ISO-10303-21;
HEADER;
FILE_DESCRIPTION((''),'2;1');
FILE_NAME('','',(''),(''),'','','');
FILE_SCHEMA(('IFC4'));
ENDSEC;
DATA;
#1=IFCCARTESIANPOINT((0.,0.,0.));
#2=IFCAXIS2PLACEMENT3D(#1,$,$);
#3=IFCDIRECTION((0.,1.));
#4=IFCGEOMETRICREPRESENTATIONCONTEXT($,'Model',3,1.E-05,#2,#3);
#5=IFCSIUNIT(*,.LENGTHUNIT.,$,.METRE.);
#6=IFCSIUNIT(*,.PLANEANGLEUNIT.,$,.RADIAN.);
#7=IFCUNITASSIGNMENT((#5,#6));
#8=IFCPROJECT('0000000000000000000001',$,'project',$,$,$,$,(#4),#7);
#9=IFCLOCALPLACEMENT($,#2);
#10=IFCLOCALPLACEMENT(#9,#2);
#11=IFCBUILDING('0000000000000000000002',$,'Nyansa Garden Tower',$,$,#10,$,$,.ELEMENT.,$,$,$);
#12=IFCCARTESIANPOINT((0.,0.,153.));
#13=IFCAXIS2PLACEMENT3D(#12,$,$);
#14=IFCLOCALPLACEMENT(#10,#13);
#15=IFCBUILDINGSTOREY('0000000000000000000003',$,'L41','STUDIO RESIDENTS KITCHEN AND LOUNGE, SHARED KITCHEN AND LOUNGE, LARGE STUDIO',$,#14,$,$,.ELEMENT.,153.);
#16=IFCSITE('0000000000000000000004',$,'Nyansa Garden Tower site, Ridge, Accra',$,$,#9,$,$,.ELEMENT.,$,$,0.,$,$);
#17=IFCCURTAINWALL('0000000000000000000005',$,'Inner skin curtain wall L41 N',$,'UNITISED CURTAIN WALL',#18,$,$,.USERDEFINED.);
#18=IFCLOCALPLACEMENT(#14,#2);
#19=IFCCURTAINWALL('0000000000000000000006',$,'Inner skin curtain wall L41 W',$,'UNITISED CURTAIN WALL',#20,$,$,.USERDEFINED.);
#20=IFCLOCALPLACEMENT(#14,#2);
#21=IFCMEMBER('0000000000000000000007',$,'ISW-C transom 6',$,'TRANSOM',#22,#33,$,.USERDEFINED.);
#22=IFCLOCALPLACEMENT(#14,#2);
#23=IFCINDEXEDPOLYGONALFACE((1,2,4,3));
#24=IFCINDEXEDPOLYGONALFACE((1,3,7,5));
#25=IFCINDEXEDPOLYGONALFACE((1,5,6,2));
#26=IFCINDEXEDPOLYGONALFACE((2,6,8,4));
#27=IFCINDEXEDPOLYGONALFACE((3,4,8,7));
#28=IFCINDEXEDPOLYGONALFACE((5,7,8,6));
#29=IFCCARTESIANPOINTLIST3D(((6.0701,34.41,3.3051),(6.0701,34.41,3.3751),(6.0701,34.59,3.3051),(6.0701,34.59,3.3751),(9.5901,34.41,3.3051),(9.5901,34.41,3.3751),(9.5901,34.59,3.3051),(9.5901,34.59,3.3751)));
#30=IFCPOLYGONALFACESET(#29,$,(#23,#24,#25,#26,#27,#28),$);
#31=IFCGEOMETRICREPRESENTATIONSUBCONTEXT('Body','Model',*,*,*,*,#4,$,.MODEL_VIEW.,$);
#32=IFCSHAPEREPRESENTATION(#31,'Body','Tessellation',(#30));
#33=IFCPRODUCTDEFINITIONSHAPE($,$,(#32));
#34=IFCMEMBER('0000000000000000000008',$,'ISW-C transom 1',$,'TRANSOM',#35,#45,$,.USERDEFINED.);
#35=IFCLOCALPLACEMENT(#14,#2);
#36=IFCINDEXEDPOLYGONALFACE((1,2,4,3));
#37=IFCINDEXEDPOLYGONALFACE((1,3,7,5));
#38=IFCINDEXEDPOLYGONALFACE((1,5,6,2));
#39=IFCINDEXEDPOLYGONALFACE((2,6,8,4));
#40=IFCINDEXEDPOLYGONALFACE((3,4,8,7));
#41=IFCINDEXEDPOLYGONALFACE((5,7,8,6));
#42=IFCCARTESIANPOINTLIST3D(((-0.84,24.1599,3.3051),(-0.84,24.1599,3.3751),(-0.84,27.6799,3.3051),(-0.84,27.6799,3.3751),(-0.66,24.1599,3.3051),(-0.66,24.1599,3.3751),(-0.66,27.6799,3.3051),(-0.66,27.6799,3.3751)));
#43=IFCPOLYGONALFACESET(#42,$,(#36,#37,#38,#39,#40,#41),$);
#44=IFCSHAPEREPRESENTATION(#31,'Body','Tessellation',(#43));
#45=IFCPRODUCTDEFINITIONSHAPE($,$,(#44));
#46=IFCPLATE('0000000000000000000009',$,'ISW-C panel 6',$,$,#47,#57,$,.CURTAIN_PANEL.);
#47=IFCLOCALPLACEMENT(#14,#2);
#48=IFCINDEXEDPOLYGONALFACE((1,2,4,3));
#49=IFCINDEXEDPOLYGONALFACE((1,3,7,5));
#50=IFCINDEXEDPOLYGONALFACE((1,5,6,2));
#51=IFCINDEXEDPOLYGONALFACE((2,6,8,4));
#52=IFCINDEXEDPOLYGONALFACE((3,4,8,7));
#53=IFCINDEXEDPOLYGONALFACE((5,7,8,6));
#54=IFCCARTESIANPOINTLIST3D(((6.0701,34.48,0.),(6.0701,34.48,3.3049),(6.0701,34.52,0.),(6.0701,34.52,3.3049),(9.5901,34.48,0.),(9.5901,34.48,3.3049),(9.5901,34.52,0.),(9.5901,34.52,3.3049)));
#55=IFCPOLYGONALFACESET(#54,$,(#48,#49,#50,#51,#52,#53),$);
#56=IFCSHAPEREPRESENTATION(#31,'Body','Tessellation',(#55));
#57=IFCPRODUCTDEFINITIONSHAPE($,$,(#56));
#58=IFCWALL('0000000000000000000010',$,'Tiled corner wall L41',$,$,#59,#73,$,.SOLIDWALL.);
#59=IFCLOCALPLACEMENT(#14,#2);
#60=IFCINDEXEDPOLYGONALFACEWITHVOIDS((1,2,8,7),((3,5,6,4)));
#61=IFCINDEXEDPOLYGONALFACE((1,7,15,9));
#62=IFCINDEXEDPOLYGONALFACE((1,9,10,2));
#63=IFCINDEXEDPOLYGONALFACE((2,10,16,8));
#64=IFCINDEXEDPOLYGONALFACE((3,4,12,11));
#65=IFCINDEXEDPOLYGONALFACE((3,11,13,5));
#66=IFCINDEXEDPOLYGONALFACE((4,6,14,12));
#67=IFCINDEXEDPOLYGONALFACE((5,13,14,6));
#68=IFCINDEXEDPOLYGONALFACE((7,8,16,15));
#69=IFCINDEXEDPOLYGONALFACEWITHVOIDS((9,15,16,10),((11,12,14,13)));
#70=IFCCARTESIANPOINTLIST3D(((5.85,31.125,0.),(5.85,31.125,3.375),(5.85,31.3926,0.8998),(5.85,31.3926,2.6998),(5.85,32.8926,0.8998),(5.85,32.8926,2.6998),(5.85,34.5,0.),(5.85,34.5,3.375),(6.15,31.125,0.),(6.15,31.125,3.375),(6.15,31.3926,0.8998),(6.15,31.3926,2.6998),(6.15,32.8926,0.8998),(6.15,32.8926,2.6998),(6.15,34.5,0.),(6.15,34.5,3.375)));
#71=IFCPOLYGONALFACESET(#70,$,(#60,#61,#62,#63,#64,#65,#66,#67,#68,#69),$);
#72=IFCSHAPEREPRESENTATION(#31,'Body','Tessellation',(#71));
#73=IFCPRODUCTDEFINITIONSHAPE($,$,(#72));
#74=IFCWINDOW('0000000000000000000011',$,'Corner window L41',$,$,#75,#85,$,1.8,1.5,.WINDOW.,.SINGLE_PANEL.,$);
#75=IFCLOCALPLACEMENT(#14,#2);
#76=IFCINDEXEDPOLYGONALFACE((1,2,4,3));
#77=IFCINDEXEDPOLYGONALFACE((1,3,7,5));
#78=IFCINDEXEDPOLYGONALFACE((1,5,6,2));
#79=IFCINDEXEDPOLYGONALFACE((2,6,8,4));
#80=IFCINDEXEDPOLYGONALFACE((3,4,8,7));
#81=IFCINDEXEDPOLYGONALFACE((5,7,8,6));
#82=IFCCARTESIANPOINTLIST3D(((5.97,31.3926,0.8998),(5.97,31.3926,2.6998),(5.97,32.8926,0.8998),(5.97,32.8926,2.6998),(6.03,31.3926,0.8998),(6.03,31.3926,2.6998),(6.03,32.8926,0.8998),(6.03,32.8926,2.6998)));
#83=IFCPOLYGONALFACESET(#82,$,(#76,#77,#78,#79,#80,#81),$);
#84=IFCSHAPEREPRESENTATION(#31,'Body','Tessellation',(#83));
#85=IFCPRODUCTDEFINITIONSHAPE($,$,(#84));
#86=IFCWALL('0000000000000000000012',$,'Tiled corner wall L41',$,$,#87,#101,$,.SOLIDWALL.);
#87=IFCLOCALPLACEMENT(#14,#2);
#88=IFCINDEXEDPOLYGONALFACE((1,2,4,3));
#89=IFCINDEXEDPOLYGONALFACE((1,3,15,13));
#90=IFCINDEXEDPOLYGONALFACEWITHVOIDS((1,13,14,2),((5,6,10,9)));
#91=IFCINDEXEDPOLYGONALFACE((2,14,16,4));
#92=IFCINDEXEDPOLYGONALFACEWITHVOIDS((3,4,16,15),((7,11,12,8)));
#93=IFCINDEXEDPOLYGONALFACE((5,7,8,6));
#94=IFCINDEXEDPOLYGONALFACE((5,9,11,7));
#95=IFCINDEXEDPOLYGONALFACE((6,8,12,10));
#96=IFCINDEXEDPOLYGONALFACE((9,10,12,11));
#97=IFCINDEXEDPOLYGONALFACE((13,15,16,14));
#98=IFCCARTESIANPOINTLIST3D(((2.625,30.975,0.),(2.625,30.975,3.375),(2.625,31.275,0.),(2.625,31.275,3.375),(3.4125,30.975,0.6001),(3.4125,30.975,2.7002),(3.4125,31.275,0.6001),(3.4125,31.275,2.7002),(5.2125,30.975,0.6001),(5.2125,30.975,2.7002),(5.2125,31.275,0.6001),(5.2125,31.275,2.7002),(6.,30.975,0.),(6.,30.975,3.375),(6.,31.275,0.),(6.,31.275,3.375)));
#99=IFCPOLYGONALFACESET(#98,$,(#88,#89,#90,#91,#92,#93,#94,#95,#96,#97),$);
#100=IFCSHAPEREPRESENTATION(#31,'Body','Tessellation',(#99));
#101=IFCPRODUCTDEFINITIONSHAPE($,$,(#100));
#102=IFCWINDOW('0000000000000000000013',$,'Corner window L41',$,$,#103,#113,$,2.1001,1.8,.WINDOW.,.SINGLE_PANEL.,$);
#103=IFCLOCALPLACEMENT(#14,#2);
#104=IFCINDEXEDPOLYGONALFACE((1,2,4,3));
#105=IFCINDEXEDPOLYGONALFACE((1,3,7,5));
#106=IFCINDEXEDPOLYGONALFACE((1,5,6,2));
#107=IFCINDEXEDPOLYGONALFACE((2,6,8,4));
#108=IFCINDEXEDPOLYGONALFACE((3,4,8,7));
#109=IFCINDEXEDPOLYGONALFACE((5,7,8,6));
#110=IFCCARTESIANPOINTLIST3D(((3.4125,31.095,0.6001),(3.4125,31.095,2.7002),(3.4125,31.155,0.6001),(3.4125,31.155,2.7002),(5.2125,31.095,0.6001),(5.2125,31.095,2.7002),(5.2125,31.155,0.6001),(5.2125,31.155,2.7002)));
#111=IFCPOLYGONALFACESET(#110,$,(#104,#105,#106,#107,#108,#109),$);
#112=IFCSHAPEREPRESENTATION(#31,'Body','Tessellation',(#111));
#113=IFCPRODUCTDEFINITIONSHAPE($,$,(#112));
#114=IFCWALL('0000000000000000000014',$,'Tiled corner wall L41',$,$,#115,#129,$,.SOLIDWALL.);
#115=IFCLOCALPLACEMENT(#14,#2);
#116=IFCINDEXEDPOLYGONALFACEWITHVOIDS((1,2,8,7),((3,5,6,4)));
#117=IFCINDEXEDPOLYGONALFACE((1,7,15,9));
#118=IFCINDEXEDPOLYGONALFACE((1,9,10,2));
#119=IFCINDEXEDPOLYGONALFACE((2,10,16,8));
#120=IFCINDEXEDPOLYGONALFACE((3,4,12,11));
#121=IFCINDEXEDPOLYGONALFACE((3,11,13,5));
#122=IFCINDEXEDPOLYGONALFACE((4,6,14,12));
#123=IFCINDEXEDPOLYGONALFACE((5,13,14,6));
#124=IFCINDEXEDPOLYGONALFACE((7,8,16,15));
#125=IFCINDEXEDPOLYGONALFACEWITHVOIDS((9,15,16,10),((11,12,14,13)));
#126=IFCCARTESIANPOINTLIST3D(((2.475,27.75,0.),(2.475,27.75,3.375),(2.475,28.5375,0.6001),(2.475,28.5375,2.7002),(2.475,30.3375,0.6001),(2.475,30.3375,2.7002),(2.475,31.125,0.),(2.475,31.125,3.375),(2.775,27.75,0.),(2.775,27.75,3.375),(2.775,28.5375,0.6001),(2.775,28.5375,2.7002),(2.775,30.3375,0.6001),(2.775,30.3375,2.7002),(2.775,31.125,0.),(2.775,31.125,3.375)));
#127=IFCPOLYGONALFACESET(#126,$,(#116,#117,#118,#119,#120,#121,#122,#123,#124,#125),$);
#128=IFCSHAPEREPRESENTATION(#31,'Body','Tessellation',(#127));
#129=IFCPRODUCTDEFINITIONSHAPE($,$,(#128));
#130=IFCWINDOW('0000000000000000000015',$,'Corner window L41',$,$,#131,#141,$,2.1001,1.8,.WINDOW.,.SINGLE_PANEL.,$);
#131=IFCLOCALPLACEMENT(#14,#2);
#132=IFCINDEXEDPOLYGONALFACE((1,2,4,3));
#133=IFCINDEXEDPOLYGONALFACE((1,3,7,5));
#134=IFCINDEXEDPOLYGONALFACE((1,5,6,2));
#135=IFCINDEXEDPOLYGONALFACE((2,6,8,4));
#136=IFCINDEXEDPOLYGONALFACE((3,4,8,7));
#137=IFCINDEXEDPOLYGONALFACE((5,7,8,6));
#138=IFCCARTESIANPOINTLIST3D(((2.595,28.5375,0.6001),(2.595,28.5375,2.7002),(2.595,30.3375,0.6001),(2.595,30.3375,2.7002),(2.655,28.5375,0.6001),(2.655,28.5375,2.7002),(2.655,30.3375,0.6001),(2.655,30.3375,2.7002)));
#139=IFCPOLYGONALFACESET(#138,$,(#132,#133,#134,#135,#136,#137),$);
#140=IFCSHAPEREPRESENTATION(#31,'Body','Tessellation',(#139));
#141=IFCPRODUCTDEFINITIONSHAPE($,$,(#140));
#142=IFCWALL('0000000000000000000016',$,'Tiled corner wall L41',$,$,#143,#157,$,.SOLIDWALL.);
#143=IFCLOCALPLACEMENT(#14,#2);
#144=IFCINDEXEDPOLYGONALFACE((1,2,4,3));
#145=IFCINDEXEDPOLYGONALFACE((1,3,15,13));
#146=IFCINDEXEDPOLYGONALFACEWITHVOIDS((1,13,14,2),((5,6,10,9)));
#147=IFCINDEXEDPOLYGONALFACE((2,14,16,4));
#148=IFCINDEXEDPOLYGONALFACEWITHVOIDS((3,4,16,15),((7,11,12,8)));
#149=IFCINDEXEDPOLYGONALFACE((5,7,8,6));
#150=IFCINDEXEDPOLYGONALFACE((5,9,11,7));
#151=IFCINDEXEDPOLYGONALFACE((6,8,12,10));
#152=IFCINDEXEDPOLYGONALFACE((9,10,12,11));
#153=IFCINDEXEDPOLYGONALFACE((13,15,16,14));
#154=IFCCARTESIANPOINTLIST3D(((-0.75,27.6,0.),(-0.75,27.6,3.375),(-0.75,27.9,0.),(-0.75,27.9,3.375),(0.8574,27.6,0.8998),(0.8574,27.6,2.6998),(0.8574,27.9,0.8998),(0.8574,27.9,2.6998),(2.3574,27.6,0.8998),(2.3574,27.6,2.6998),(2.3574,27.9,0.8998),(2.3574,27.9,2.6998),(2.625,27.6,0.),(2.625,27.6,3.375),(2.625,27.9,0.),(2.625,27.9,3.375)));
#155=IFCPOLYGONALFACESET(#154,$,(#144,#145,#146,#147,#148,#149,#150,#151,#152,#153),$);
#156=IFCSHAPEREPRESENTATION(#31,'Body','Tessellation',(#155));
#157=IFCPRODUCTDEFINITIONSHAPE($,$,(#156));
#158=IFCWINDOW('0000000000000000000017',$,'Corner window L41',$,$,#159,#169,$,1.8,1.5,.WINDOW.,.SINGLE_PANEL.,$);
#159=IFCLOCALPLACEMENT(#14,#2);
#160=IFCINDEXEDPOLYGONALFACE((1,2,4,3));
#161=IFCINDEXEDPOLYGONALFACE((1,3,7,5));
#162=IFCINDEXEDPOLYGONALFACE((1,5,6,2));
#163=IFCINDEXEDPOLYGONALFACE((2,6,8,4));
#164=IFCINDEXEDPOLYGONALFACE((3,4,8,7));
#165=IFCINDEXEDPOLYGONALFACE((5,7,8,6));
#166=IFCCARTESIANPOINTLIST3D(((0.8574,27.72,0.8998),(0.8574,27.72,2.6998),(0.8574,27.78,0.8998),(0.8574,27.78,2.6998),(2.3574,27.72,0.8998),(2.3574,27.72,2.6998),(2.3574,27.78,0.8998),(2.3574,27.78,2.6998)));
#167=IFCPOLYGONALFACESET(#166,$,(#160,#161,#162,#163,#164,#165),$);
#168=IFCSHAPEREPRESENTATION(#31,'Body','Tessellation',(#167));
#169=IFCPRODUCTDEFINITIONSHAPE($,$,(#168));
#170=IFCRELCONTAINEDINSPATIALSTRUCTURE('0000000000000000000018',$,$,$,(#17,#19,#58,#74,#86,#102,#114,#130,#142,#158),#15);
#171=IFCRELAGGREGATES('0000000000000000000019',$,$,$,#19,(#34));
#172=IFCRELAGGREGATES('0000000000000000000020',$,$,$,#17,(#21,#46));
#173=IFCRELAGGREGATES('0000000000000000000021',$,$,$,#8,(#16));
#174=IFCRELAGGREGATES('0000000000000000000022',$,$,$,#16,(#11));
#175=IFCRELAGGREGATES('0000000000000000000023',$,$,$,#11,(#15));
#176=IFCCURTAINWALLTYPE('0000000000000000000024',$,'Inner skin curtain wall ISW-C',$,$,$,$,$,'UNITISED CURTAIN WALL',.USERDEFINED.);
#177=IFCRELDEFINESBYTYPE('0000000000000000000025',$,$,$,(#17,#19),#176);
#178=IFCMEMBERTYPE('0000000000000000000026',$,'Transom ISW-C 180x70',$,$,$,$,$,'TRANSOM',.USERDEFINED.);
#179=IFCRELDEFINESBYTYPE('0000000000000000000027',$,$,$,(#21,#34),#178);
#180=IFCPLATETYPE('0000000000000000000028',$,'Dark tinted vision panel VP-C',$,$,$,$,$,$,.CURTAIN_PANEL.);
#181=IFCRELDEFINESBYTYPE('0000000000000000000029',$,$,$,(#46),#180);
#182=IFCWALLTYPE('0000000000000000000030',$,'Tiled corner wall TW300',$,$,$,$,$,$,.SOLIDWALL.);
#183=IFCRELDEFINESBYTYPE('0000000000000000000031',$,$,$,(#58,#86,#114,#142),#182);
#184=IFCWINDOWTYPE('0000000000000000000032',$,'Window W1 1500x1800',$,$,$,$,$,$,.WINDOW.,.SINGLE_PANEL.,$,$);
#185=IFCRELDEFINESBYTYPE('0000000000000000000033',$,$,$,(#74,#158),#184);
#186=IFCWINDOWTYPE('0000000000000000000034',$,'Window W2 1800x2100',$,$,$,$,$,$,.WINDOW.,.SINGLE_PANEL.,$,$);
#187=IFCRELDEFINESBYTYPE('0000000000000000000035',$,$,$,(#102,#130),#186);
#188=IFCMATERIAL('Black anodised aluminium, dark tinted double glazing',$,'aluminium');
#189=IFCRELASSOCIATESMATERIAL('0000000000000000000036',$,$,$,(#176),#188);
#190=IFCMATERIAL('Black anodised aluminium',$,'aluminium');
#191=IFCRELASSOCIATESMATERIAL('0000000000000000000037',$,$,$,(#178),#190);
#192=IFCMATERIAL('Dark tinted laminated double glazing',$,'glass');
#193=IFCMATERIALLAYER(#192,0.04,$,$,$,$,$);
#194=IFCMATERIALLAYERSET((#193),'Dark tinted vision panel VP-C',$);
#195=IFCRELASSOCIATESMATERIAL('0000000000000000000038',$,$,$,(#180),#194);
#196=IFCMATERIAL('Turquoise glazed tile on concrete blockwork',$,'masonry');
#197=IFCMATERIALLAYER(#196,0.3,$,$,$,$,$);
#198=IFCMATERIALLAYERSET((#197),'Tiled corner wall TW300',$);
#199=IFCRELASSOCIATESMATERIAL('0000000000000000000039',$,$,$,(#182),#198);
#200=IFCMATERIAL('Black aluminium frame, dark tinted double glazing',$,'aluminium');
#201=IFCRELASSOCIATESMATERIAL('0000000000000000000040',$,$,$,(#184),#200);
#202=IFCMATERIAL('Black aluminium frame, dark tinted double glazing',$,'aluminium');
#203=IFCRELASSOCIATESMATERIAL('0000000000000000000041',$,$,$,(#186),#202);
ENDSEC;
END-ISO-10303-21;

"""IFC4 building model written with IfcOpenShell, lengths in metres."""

from ifc_helpers import new_model, si_unit, direction, frame, frame_2d, origin, origin_2d, place, context, subcontext, project, spatial, rectangle, extrude, material, layer, layer_set, material_profile, profile_set, type_object, element, fill, aggregate, save


model = new_model("IFC4")

# Units and contexts
model_context = context("Model", 3, precision=1e-05, world=origin(), true_north=direction((0.0, 1.0)))
body_context = subcontext(model_context, "Body", "Model", "MODEL_VIEW")
ifc_project = project(units=[si_unit("LENGTHUNIT", "METRE"), si_unit("PLANEANGLEUNIT", "RADIAN")], contexts=[model_context])

# Site, building, storey
site_placement = place(None, origin())
site = spatial("IfcSite", under=ifc_project, at=site_placement, Name="Nyansa Garden Tower site, Ridge, Accra", CompositionType="ELEMENT", RefElevation=0.0)
building_placement = place(site_placement, origin())
building = spatial("IfcBuilding", under=site, at=building_placement, Name="Nyansa Garden Tower", CompositionType="ELEMENT")
storey_placement = place(building_placement, frame((0.0, 0.0, 153.0)))
storey = spatial("IfcBuildingStorey", under=building, at=storey_placement, Name="L41", Description="STUDIO RESIDENTS KITCHEN AND LOUNGE, SHARED KITCHEN AND LOUNGE, LARGE STUDIO", CompositionType="ELEMENT", Elevation=153.0)

# Curtain wall
ifc_material_1 = material(Name="Black anodised aluminium, dark tinted double glazing", Category="aluminium")
curtain_wall_type = type_object("IfcCurtainWallType", Name="Inner skin curtain wall ISW-C", ElementType="UNITISED CURTAIN WALL", PredefinedType="USERDEFINED", material=ifc_material_1)
curtain_wall_1_placement = place(storey_placement, origin())
curtain_wall_1 = element("IfcCurtainWall", 1, at=curtain_wall_1_placement, inside=storey, type_object=curtain_wall_type, Name="Inner skin curtain wall L41 N", ObjectType="UNITISED CURTAIN WALL", PredefinedType="USERDEFINED")

# Curtain wall
curtain_wall_2_placement = place(storey_placement, origin())
curtain_wall_2 = element("IfcCurtainWall", 2, at=curtain_wall_2_placement, inside=storey, type_object=curtain_wall_type, Name="Inner skin curtain wall L41 W", ObjectType="UNITISED CURTAIN WALL", PredefinedType="USERDEFINED")

# Members
ifc_material_2 = material(Name="Black anodised aluminium", Category="aluminium")
ifc_material_profile_1 = material_profile(ifc_material_2, rectangle(XDim=0.1799, YDim=0.0701, at=origin_2d()), Name="Transom 180x70")
ifc_profile_set_1 = profile_set([ifc_material_profile_1], Name="Black anodised aluminium")
member_type_1 = type_object("IfcMemberType", Name="Transom ISW-C 180x70", ElementType="TRANSOM", PredefinedType="USERDEFINED", material=ifc_profile_set_1)
member_1_placement = place(storey_placement, frame((9.5901, 34.5, 3.3401), z_axis=(-1.0, 0.0, 0.0), x_axis=(0.0, -1.0, 0.0)))
member_1 = element("IfcMember", 3, at=member_1_placement, type_object=member_type_1, Name="ISW-C transom 6", ObjectType="TRANSOM", PredefinedType="USERDEFINED", context=body_context, shape_type="SweptSolid", body=[
    extrude(rectangle(XDim=0.1799, YDim=0.0701, at=origin_2d()), origin(), (0.0, 0.0, 1.0), 3.52),
])
member_2_placement = place(storey_placement, frame((-0.75, 27.6799, 3.3401), z_axis=(0.0, -1.0, 0.0), x_axis=(1.0, 0.0, 0.0)))
member_2 = element("IfcMember", 4, at=member_2_placement, type_object=member_type_1, Name="ISW-C transom 1", ObjectType="TRANSOM", PredefinedType="USERDEFINED", context=body_context, shape_type="SweptSolid", body=[
    extrude(rectangle(XDim=0.1799, YDim=0.0701, at=origin_2d()), origin(), (0.0, 0.0, 1.0), 3.52),
])
aggregate(curtain_wall_2, [member_2])

# Plate
ifc_material_3 = material(Name="Dark tinted laminated double glazing", Category="glass")
ifc_layer_1 = layer(ifc_material_3, 0.04)
ifc_layer_set_1 = layer_set([ifc_layer_1], Name="Dark tinted vision panel VP-C")
plate_type = type_object("IfcPlateType", Name="Dark tinted vision panel VP-C", PredefinedType="CURTAIN_PANEL", material=ifc_layer_set_1)
plate_placement = place(storey_placement, frame((7.8301, 34.5, 0.0), z_axis=(0.0, 0.0, 1.0), x_axis=(-1.0, 0.0, 0.0)))
plate = element("IfcPlate", 5, at=plate_placement, type_object=plate_type, Name="ISW-C panel 6", PredefinedType="CURTAIN_PANEL", context=body_context, shape_type="SweptSolid", body=[
    extrude(rectangle(XDim=3.52, YDim=0.04, at=origin_2d()), origin(), (0.0, 0.0, 1.0), 3.3049),
])
aggregate(curtain_wall_1, [member_1, plate])

# Walls, openings, windows
ifc_material_4 = material(Name="Turquoise glazed tile on concrete blockwork", Category="masonry")
ifc_layer_2 = layer(ifc_material_4, 0.3)
ifc_layer_set_2 = layer_set([ifc_layer_2], Name="Tiled corner wall TW300")
wall_type_1 = type_object("IfcWallType", Name="Tiled corner wall TW300", PredefinedType="SOLIDWALL", material=ifc_layer_set_2)
wall_1_placement = place(storey_placement, frame((6.0, 34.5, 0.0), z_axis=(0.0, 0.0, 1.0), x_axis=(0.0, -1.0, 0.0)))
wall_1 = element("IfcWall", 6, at=wall_1_placement, inside=storey, type_object=wall_type_1, Name="Tiled corner wall L41", PredefinedType="SOLIDWALL", context=body_context, shape_type="SweptSolid", body=[
    extrude(rectangle(XDim=3.375, YDim=0.3, at=frame_2d((1.6875, 0.0))), origin(), (0.0, 0.0, 1.0), 3.375),
])
opening_1_placement = place(wall_1_placement, frame((1.6074, 0.0, 0.8999)))
opening_1 = element("IfcOpeningElement", 7, at=opening_1_placement, cuts=wall_1, PredefinedType="OPENING", context=body_context, shape_type="SweptSolid", body=[
    extrude(rectangle(XDim=1.5, YDim=1.8, at=frame_2d((0.75, 0.8999))), frame((0.0, 0.1599, 0.0), z_axis=(0.0, -1.0, 0.0), x_axis=(1.0, 0.0, 0.0)), (0.0, 0.0, 1.0), 0.3201),
])
ifc_material_5 = material(Name="Black aluminium frame, dark tinted double glazing", Category="aluminium")
window_type_1 = type_object("IfcWindowType", Name="Window W1 1500x1800", PartitioningType="SINGLE_PANEL", PredefinedType="WINDOW", material=ifc_material_5)
window_1_placement = place(opening_1_placement, origin())
window_1 = element("IfcWindow", 8, at=window_1_placement, inside=storey, type_object=window_type_1, Name="Corner window L41", OverallHeight=1.8, OverallWidth=1.5, PartitioningType="SINGLE_PANEL", PredefinedType="WINDOW", context=body_context, shape_type="SweptSolid", body=[
    extrude(rectangle(XDim=1.5, YDim=1.8, at=frame_2d((0.75, 0.8999))), frame((0.0, 0.03, 0.0), z_axis=(0.0, -1.0, 0.0), x_axis=(1.0, 0.0, 0.0)), (0.0, 0.0, 1.0), 0.0601),
])
fill(opening_1, window_1)
wall_2_placement = place(storey_placement, frame((6.0, 31.125, 0.0), z_axis=(0.0, 0.0, 1.0), x_axis=(-1.0, 0.0, 0.0)))
wall_2 = element("IfcWall", 9, at=wall_2_placement, inside=storey, type_object=wall_type_1, Name="Tiled corner wall L41", PredefinedType="SOLIDWALL", context=body_context, shape_type="SweptSolid", body=[
    extrude(rectangle(XDim=3.375, YDim=0.3, at=frame_2d((1.6875, 0.0))), origin(), (0.0, 0.0, 1.0), 3.375),
])
opening_2_placement = place(wall_2_placement, frame((0.7876, 0.0, 0.6001)))
opening_2 = element("IfcOpeningElement", 10, at=opening_2_placement, cuts=wall_2, PredefinedType="OPENING", context=body_context, shape_type="SweptSolid", body=[
    extrude(rectangle(XDim=1.8, YDim=2.1001, at=frame_2d((0.8999, 1.05))), frame((0.0, 0.1599, 0.0), z_axis=(0.0, -1.0, 0.0), x_axis=(1.0, 0.0, 0.0)), (0.0, 0.0, 1.0), 0.3201),
])
ifc_material_6 = material(Name="Black aluminium frame, dark tinted double glazing", Category="aluminium")
window_type_2 = type_object("IfcWindowType", Name="Window W2 1800x2100", PartitioningType="SINGLE_PANEL", PredefinedType="WINDOW", material=ifc_material_6)
window_2_placement = place(opening_2_placement, origin())
window_2 = element("IfcWindow", 11, at=window_2_placement, inside=storey, type_object=window_type_2, Name="Corner window L41", OverallHeight=2.1001, OverallWidth=1.8, PartitioningType="SINGLE_PANEL", PredefinedType="WINDOW", context=body_context, shape_type="SweptSolid", body=[
    extrude(rectangle(XDim=1.8, YDim=2.1001, at=frame_2d((0.8999, 1.05))), frame((0.0, 0.03, 0.0), z_axis=(0.0, -1.0, 0.0), x_axis=(1.0, 0.0, 0.0)), (0.0, 0.0, 1.0), 0.0601),
])
fill(opening_2, window_2)
wall_3_placement = place(storey_placement, frame((2.625, 31.125, 0.0), z_axis=(0.0, 0.0, 1.0), x_axis=(0.0, -1.0, 0.0)))
wall_3 = element("IfcWall", 12, at=wall_3_placement, inside=storey, type_object=wall_type_1, Name="Tiled corner wall L41", PredefinedType="SOLIDWALL", context=body_context, shape_type="SweptSolid", body=[
    extrude(rectangle(XDim=3.375, YDim=0.3, at=frame_2d((1.6875, 0.0))), origin(), (0.0, 0.0, 1.0), 3.375),
])
opening_3_placement = place(wall_3_placement, frame((0.7876, 0.0, 0.6001)))
opening_3 = element("IfcOpeningElement", 13, at=opening_3_placement, cuts=wall_3, PredefinedType="OPENING", context=body_context, shape_type="SweptSolid", body=[
    extrude(rectangle(XDim=1.8, YDim=2.1001, at=frame_2d((0.8999, 1.05))), frame((0.0, 0.1599, 0.0), z_axis=(0.0, -1.0, 0.0), x_axis=(1.0, 0.0, 0.0)), (0.0, 0.0, 1.0), 0.3201),
])
window_3_placement = place(opening_3_placement, origin())
window_3 = element("IfcWindow", 14, at=window_3_placement, inside=storey, type_object=window_type_2, Name="Corner window L41", OverallHeight=2.1001, OverallWidth=1.8, PartitioningType="SINGLE_PANEL", PredefinedType="WINDOW", context=body_context, shape_type="SweptSolid", body=[
    extrude(rectangle(XDim=1.8, YDim=2.1001, at=frame_2d((0.8999, 1.05))), frame((0.0, 0.03, 0.0), z_axis=(0.0, -1.0, 0.0), x_axis=(1.0, 0.0, 0.0)), (0.0, 0.0, 1.0), 0.0601),
])
fill(opening_3, window_3)
wall_4_placement = place(storey_placement, frame((2.625, 27.75, 0.0), z_axis=(0.0, 0.0, 1.0), x_axis=(-1.0, 0.0, 0.0)))
wall_4 = element("IfcWall", 15, at=wall_4_placement, inside=storey, type_object=wall_type_1, Name="Tiled corner wall L41", PredefinedType="SOLIDWALL", context=body_context, shape_type="SweptSolid", body=[
    extrude(rectangle(XDim=3.375, YDim=0.3, at=frame_2d((1.6875, 0.0))), origin(), (0.0, 0.0, 1.0), 3.375),
])
opening_4_placement = place(wall_4_placement, frame((0.2676, 0.0, 0.8999)))
opening_4 = element("IfcOpeningElement", 16, at=opening_4_placement, cuts=wall_4, PredefinedType="OPENING", context=body_context, shape_type="SweptSolid", body=[
    extrude(rectangle(XDim=1.5, YDim=1.8, at=frame_2d((0.75, 0.8999))), frame((0.0, 0.1599, 0.0), z_axis=(0.0, -1.0, 0.0), x_axis=(1.0, 0.0, 0.0)), (0.0, 0.0, 1.0), 0.3201),
])
window_4_placement = place(opening_4_placement, origin())
window_4 = element("IfcWindow", 17, at=window_4_placement, inside=storey, type_object=window_type_1, Name="Corner window L41", OverallHeight=1.8, OverallWidth=1.5, PartitioningType="SINGLE_PANEL", PredefinedType="WINDOW", context=body_context, shape_type="SweptSolid", body=[
    extrude(rectangle(XDim=1.5, YDim=1.8, at=frame_2d((0.75, 0.8999))), frame((0.0, 0.03, 0.0), z_axis=(0.0, -1.0, 0.0), x_axis=(1.0, 0.0, 0.0)), (0.0, 0.0, 1.0), 0.0601),
])
fill(opening_4, window_4)

save(model, "model.ifc")
